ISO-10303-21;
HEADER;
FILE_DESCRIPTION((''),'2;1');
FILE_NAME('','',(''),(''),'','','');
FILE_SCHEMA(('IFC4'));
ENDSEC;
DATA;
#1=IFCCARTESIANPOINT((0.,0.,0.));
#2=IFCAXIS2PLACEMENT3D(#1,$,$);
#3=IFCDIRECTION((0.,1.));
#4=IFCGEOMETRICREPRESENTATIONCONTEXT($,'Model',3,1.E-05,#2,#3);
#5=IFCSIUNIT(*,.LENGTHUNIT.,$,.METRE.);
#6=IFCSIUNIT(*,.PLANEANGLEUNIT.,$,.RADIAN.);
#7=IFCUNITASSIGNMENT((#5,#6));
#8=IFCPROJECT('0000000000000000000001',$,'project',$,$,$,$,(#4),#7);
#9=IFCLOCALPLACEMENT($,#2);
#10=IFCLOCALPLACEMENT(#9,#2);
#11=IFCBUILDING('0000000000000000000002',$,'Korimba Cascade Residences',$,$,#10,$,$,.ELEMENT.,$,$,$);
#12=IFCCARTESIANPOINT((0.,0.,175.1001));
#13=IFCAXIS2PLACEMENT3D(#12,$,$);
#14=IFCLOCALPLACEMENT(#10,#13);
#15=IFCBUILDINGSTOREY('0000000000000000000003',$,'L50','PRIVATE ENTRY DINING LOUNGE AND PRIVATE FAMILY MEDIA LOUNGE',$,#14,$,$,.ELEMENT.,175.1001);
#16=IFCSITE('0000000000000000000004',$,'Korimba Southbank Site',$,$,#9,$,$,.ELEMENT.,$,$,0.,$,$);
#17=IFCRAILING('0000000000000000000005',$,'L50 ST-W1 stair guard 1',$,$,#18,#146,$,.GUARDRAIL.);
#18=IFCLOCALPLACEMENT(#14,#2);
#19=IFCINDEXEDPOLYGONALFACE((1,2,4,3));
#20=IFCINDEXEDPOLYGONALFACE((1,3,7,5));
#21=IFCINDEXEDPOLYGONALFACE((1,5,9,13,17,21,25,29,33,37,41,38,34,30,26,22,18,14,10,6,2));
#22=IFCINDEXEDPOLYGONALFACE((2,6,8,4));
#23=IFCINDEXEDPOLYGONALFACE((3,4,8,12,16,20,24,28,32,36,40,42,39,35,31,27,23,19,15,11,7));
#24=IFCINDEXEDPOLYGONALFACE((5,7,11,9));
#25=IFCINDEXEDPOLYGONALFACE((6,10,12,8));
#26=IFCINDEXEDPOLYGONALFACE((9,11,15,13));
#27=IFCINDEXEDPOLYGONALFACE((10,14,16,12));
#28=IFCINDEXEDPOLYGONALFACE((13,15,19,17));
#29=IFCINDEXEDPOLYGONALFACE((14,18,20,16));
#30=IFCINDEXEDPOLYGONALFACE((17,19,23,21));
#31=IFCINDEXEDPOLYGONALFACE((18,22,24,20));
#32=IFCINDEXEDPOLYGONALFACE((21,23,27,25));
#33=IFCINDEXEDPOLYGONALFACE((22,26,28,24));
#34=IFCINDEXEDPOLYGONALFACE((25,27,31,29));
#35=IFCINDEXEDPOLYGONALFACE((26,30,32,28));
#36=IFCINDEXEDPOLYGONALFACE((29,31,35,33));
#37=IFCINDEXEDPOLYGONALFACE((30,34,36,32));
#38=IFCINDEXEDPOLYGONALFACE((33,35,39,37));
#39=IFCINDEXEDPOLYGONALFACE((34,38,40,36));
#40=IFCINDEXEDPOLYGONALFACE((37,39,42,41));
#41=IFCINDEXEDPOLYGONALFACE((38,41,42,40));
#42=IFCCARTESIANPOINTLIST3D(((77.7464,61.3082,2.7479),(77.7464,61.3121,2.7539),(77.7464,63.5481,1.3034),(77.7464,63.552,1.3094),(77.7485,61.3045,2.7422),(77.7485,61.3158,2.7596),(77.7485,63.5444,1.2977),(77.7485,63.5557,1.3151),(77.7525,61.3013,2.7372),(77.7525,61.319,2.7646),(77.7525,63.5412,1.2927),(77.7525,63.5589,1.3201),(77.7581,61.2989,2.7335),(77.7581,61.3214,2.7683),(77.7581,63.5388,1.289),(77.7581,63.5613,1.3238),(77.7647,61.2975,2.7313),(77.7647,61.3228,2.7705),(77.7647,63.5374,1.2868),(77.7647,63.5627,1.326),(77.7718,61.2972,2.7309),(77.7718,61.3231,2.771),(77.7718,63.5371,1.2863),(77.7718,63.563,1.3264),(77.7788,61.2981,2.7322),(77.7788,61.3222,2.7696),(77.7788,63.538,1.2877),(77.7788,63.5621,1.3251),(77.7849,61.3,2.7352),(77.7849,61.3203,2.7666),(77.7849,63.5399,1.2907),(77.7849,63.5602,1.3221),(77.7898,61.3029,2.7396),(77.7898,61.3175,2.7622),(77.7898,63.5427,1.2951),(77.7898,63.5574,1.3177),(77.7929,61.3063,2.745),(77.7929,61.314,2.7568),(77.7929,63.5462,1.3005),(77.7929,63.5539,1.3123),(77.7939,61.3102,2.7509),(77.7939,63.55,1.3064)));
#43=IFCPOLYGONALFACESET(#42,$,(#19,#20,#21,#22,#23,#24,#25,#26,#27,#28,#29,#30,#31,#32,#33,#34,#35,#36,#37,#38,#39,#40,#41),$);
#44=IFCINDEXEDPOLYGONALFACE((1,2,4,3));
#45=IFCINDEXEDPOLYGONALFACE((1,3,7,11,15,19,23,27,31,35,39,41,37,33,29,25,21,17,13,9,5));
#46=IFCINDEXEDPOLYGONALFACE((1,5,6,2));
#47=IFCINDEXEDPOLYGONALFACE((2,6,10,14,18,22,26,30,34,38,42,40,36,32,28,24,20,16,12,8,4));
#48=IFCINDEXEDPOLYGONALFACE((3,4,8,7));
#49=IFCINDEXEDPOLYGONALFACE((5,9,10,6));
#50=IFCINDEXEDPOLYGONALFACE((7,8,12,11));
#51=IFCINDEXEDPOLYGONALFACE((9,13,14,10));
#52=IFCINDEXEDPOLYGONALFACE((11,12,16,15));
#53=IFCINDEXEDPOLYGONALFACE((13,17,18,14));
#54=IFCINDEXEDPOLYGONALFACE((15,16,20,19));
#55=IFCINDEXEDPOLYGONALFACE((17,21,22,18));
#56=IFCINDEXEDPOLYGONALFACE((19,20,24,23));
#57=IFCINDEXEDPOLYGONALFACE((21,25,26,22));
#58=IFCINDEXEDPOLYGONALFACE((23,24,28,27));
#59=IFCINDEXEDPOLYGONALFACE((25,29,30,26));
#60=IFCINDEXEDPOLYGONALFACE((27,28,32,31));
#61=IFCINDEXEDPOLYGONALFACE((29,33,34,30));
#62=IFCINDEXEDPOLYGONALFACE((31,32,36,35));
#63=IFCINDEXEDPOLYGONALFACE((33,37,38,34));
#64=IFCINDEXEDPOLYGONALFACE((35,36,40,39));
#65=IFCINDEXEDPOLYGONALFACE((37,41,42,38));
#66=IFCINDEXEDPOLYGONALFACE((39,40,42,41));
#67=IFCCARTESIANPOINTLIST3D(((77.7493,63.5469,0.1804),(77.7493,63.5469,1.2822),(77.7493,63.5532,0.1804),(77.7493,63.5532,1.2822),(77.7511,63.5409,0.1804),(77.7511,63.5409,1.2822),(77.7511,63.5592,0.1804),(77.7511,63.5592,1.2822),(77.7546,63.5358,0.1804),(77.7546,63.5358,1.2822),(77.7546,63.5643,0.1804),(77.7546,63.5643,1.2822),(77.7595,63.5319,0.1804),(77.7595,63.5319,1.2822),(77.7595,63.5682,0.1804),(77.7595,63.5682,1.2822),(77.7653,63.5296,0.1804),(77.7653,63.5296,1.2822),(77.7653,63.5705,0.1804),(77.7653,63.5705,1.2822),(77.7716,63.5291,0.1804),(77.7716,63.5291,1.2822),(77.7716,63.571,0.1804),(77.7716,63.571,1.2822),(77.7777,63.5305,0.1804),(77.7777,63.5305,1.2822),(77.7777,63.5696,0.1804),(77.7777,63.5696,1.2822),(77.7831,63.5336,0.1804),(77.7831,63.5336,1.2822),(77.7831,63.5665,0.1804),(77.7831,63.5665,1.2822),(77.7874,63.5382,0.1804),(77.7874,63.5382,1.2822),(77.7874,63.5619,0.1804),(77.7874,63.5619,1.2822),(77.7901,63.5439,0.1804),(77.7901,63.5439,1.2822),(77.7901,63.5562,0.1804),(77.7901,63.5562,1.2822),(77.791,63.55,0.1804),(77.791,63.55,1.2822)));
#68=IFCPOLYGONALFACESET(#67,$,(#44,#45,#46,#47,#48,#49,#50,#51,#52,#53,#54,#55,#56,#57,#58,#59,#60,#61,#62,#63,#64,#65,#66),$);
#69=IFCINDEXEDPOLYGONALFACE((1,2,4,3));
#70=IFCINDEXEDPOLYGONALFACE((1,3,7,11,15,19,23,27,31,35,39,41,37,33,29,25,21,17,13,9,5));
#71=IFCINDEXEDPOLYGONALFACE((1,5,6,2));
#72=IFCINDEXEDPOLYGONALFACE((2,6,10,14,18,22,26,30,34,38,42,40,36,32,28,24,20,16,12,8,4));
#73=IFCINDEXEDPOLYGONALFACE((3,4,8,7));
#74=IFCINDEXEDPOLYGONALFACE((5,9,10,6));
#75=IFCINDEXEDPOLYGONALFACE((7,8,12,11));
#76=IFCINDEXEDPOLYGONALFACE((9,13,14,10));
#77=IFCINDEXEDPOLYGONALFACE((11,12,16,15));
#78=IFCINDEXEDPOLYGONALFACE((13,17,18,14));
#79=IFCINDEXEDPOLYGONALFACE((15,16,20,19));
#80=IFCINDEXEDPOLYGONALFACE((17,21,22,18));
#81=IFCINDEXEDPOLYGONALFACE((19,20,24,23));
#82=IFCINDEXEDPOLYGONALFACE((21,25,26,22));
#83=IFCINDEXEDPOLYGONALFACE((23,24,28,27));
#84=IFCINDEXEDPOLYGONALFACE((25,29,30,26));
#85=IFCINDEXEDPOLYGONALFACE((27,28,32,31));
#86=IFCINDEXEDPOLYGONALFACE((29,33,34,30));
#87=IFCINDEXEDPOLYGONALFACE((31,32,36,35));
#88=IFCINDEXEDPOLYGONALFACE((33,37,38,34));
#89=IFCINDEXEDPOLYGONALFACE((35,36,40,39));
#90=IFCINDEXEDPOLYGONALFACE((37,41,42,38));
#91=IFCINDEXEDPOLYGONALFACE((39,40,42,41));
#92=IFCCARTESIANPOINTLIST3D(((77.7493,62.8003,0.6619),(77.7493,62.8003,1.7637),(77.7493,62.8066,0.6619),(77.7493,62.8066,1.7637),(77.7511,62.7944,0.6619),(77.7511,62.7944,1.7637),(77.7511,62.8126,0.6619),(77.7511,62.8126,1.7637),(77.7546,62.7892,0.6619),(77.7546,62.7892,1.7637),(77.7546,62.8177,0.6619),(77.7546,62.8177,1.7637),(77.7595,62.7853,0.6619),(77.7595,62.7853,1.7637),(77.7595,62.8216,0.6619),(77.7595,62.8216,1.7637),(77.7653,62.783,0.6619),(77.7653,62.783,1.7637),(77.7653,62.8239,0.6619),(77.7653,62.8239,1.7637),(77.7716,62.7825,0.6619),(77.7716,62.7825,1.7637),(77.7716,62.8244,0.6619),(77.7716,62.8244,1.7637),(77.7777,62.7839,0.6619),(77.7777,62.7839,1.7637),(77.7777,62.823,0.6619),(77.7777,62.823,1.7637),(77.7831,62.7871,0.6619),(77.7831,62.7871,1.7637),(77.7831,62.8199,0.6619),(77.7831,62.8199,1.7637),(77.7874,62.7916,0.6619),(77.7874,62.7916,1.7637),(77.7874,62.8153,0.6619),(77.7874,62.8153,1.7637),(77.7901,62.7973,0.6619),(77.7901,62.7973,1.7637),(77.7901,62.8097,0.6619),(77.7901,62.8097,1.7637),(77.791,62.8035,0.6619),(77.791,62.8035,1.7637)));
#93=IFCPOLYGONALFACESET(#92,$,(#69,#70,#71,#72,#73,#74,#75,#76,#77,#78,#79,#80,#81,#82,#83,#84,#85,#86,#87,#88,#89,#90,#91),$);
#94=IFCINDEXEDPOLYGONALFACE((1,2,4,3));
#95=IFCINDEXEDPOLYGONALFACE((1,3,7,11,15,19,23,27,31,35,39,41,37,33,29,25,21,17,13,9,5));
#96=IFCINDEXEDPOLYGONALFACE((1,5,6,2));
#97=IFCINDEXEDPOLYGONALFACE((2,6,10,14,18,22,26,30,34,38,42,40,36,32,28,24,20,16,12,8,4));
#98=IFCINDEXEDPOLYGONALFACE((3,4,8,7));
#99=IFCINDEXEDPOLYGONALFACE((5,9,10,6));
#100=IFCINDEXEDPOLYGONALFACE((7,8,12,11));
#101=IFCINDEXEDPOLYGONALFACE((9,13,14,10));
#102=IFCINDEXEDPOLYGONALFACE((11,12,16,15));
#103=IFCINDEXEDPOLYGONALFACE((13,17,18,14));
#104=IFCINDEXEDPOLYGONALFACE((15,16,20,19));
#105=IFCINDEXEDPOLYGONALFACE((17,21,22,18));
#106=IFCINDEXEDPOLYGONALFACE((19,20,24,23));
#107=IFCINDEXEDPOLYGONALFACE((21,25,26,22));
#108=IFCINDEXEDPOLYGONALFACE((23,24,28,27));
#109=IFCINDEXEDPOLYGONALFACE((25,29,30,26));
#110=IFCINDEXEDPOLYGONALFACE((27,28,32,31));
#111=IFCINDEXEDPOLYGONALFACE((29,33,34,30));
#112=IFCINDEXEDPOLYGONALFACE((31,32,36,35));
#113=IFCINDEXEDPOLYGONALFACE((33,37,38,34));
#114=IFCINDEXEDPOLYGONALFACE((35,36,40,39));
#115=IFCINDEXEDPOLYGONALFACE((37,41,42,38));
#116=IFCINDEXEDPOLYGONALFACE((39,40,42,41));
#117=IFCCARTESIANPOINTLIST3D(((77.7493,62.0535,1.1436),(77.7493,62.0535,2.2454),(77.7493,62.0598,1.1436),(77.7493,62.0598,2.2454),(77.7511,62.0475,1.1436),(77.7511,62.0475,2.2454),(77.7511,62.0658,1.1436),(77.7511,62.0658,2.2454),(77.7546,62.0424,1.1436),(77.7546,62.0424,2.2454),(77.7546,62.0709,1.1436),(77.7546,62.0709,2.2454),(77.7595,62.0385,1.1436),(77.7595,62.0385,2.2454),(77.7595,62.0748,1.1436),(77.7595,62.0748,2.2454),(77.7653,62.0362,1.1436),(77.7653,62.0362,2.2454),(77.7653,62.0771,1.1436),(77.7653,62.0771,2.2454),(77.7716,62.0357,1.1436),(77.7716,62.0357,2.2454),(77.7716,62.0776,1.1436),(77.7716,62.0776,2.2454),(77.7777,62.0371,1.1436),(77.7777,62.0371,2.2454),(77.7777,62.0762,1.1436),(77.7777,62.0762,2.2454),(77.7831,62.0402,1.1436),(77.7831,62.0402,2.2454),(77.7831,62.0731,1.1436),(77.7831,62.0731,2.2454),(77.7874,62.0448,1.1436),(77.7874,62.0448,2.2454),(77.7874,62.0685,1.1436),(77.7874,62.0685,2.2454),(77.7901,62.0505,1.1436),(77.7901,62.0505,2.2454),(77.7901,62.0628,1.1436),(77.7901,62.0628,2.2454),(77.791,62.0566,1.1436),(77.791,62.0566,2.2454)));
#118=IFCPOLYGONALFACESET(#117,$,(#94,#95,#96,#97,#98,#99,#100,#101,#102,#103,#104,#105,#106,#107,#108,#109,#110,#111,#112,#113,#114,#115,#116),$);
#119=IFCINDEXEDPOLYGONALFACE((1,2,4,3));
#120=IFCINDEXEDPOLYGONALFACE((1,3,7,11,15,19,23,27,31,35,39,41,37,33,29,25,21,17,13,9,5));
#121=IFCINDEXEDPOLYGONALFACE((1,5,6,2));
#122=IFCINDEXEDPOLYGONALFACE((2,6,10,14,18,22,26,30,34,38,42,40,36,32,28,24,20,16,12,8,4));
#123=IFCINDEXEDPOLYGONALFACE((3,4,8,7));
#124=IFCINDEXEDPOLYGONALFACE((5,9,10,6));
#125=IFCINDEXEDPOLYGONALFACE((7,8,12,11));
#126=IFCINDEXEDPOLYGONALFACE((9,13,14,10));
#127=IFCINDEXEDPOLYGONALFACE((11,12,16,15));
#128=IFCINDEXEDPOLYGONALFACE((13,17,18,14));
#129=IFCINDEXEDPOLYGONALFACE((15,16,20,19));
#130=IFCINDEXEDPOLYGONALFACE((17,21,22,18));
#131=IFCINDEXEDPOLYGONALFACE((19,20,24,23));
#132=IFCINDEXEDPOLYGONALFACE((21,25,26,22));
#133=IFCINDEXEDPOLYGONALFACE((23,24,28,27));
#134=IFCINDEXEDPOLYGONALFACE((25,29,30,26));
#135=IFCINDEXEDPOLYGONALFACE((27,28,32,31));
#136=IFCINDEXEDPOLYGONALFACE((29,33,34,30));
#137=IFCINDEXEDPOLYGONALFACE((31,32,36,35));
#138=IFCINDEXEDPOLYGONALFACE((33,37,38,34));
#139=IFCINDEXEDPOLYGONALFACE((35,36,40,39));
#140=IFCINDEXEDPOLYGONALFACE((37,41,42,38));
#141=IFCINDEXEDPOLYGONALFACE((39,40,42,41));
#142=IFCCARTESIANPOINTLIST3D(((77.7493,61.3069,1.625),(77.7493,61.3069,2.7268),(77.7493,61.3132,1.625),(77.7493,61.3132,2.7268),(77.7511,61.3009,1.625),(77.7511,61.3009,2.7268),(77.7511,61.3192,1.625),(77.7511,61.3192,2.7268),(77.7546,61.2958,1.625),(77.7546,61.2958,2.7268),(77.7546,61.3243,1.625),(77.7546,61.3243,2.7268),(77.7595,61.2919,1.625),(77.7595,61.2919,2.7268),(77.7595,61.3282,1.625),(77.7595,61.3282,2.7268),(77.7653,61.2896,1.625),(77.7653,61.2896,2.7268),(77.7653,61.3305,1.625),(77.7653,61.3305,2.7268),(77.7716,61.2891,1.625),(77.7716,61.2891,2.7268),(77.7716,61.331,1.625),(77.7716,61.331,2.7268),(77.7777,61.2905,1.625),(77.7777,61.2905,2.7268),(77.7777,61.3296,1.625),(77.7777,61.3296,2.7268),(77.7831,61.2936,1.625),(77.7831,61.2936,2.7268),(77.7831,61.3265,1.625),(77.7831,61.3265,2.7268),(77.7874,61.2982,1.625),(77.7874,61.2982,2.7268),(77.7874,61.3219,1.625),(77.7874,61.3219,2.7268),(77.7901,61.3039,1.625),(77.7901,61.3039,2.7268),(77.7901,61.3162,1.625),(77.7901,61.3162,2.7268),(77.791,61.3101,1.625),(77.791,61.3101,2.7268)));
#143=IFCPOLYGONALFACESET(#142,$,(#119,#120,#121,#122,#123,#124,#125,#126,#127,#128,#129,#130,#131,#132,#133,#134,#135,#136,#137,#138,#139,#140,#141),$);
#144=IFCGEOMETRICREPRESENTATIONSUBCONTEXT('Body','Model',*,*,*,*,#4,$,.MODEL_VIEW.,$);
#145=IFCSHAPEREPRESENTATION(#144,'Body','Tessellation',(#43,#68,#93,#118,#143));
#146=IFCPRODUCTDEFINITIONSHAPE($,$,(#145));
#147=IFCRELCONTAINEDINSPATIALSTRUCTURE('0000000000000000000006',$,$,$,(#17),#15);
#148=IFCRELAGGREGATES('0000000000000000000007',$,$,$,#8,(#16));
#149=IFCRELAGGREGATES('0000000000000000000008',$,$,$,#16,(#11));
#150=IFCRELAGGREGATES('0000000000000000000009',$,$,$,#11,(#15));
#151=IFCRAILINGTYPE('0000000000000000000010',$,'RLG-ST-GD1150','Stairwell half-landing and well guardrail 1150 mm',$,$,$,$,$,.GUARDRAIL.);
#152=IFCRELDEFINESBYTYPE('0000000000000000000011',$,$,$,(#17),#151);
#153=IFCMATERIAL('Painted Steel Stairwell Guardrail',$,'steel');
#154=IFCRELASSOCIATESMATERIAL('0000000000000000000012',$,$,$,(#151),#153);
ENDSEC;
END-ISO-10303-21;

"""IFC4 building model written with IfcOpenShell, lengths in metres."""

from ifc_helpers import new_model, si_unit, direction, frame, origin, origin_2d, place, context, subcontext, project, spatial, circle, extrude, material, type_object, element, save


model = new_model("IFC4")

# Units and contexts
model_context = context("Model", 3, precision=1e-05, world=origin(), true_north=direction((0.0, 1.0)))
body_context = subcontext(model_context, "Body", "Model", "MODEL_VIEW")
ifc_project = project(units=[si_unit("LENGTHUNIT", "METRE"), si_unit("PLANEANGLEUNIT", "RADIAN")], contexts=[model_context])

# Site, building, storey
site_placement = place(None, origin())
site = spatial("IfcSite", under=ifc_project, at=site_placement, Name="Korimba Southbank Site", CompositionType="ELEMENT", RefElevation=0.0)
building_placement = place(site_placement, origin())
building = spatial("IfcBuilding", under=site, at=building_placement, Name="Korimba Cascade Residences", CompositionType="ELEMENT")
storey_placement = place(building_placement, frame((0.0, 0.0, 175.1001)))
storey = spatial("IfcBuildingStorey", under=building, at=storey_placement, Name="L50", Description="PRIVATE ENTRY DINING LOUNGE AND PRIVATE FAMILY MEDIA LOUNGE", CompositionType="ELEMENT", Elevation=175.1001)

# Railing
ifc_material_1 = material(Name="Painted Steel Stairwell Guardrail", Category="steel")
railing_type_1 = type_object("IfcRailingType", Name="RLG-ST-GD1150", Description="Stairwell half-landing and well guardrail 1150 mm", PredefinedType="GUARDRAIL", material=ifc_material_1)
railing_1_placement = place(storey_placement, frame((77.77, 63.55, 0.1804)))
element("IfcRailing", 1, at=railing_1_placement, inside=storey, type_object=railing_type_1, Name="L50 ST-W1 stair guard 1", PredefinedType="GUARDRAIL", context=body_context, shape_type="SweptSolid", body=[
    extrude(circle(Radius=0.0239, at=origin_2d()), frame((0.0, 0.0, 1.126), z_axis=(0.0, -0.840395, 0.541975), x_axis=(1.0, 0.0, 0.0)), (0.0, 0.0, 1.0), 2.6653),
    extrude(circle(Radius=0.021, at=origin_2d()), origin(), (0.0, 0.0, 1.0), 1.1018),
    extrude(circle(Radius=0.021, at=origin_2d()), frame((0.0, -0.7466, 0.4814)), (0.0, 0.0, 1.0), 1.1018),
    extrude(circle(Radius=0.021, at=origin_2d()), frame((0.0, -1.4934, 0.9631)), (0.0, 0.0, 1.0), 1.1018),
    extrude(circle(Radius=0.021, at=origin_2d()), frame((0.0, -2.24, 1.4446)), (0.0, 0.0, 1.0), 1.1018),
])

save(model, "model.ifc")
